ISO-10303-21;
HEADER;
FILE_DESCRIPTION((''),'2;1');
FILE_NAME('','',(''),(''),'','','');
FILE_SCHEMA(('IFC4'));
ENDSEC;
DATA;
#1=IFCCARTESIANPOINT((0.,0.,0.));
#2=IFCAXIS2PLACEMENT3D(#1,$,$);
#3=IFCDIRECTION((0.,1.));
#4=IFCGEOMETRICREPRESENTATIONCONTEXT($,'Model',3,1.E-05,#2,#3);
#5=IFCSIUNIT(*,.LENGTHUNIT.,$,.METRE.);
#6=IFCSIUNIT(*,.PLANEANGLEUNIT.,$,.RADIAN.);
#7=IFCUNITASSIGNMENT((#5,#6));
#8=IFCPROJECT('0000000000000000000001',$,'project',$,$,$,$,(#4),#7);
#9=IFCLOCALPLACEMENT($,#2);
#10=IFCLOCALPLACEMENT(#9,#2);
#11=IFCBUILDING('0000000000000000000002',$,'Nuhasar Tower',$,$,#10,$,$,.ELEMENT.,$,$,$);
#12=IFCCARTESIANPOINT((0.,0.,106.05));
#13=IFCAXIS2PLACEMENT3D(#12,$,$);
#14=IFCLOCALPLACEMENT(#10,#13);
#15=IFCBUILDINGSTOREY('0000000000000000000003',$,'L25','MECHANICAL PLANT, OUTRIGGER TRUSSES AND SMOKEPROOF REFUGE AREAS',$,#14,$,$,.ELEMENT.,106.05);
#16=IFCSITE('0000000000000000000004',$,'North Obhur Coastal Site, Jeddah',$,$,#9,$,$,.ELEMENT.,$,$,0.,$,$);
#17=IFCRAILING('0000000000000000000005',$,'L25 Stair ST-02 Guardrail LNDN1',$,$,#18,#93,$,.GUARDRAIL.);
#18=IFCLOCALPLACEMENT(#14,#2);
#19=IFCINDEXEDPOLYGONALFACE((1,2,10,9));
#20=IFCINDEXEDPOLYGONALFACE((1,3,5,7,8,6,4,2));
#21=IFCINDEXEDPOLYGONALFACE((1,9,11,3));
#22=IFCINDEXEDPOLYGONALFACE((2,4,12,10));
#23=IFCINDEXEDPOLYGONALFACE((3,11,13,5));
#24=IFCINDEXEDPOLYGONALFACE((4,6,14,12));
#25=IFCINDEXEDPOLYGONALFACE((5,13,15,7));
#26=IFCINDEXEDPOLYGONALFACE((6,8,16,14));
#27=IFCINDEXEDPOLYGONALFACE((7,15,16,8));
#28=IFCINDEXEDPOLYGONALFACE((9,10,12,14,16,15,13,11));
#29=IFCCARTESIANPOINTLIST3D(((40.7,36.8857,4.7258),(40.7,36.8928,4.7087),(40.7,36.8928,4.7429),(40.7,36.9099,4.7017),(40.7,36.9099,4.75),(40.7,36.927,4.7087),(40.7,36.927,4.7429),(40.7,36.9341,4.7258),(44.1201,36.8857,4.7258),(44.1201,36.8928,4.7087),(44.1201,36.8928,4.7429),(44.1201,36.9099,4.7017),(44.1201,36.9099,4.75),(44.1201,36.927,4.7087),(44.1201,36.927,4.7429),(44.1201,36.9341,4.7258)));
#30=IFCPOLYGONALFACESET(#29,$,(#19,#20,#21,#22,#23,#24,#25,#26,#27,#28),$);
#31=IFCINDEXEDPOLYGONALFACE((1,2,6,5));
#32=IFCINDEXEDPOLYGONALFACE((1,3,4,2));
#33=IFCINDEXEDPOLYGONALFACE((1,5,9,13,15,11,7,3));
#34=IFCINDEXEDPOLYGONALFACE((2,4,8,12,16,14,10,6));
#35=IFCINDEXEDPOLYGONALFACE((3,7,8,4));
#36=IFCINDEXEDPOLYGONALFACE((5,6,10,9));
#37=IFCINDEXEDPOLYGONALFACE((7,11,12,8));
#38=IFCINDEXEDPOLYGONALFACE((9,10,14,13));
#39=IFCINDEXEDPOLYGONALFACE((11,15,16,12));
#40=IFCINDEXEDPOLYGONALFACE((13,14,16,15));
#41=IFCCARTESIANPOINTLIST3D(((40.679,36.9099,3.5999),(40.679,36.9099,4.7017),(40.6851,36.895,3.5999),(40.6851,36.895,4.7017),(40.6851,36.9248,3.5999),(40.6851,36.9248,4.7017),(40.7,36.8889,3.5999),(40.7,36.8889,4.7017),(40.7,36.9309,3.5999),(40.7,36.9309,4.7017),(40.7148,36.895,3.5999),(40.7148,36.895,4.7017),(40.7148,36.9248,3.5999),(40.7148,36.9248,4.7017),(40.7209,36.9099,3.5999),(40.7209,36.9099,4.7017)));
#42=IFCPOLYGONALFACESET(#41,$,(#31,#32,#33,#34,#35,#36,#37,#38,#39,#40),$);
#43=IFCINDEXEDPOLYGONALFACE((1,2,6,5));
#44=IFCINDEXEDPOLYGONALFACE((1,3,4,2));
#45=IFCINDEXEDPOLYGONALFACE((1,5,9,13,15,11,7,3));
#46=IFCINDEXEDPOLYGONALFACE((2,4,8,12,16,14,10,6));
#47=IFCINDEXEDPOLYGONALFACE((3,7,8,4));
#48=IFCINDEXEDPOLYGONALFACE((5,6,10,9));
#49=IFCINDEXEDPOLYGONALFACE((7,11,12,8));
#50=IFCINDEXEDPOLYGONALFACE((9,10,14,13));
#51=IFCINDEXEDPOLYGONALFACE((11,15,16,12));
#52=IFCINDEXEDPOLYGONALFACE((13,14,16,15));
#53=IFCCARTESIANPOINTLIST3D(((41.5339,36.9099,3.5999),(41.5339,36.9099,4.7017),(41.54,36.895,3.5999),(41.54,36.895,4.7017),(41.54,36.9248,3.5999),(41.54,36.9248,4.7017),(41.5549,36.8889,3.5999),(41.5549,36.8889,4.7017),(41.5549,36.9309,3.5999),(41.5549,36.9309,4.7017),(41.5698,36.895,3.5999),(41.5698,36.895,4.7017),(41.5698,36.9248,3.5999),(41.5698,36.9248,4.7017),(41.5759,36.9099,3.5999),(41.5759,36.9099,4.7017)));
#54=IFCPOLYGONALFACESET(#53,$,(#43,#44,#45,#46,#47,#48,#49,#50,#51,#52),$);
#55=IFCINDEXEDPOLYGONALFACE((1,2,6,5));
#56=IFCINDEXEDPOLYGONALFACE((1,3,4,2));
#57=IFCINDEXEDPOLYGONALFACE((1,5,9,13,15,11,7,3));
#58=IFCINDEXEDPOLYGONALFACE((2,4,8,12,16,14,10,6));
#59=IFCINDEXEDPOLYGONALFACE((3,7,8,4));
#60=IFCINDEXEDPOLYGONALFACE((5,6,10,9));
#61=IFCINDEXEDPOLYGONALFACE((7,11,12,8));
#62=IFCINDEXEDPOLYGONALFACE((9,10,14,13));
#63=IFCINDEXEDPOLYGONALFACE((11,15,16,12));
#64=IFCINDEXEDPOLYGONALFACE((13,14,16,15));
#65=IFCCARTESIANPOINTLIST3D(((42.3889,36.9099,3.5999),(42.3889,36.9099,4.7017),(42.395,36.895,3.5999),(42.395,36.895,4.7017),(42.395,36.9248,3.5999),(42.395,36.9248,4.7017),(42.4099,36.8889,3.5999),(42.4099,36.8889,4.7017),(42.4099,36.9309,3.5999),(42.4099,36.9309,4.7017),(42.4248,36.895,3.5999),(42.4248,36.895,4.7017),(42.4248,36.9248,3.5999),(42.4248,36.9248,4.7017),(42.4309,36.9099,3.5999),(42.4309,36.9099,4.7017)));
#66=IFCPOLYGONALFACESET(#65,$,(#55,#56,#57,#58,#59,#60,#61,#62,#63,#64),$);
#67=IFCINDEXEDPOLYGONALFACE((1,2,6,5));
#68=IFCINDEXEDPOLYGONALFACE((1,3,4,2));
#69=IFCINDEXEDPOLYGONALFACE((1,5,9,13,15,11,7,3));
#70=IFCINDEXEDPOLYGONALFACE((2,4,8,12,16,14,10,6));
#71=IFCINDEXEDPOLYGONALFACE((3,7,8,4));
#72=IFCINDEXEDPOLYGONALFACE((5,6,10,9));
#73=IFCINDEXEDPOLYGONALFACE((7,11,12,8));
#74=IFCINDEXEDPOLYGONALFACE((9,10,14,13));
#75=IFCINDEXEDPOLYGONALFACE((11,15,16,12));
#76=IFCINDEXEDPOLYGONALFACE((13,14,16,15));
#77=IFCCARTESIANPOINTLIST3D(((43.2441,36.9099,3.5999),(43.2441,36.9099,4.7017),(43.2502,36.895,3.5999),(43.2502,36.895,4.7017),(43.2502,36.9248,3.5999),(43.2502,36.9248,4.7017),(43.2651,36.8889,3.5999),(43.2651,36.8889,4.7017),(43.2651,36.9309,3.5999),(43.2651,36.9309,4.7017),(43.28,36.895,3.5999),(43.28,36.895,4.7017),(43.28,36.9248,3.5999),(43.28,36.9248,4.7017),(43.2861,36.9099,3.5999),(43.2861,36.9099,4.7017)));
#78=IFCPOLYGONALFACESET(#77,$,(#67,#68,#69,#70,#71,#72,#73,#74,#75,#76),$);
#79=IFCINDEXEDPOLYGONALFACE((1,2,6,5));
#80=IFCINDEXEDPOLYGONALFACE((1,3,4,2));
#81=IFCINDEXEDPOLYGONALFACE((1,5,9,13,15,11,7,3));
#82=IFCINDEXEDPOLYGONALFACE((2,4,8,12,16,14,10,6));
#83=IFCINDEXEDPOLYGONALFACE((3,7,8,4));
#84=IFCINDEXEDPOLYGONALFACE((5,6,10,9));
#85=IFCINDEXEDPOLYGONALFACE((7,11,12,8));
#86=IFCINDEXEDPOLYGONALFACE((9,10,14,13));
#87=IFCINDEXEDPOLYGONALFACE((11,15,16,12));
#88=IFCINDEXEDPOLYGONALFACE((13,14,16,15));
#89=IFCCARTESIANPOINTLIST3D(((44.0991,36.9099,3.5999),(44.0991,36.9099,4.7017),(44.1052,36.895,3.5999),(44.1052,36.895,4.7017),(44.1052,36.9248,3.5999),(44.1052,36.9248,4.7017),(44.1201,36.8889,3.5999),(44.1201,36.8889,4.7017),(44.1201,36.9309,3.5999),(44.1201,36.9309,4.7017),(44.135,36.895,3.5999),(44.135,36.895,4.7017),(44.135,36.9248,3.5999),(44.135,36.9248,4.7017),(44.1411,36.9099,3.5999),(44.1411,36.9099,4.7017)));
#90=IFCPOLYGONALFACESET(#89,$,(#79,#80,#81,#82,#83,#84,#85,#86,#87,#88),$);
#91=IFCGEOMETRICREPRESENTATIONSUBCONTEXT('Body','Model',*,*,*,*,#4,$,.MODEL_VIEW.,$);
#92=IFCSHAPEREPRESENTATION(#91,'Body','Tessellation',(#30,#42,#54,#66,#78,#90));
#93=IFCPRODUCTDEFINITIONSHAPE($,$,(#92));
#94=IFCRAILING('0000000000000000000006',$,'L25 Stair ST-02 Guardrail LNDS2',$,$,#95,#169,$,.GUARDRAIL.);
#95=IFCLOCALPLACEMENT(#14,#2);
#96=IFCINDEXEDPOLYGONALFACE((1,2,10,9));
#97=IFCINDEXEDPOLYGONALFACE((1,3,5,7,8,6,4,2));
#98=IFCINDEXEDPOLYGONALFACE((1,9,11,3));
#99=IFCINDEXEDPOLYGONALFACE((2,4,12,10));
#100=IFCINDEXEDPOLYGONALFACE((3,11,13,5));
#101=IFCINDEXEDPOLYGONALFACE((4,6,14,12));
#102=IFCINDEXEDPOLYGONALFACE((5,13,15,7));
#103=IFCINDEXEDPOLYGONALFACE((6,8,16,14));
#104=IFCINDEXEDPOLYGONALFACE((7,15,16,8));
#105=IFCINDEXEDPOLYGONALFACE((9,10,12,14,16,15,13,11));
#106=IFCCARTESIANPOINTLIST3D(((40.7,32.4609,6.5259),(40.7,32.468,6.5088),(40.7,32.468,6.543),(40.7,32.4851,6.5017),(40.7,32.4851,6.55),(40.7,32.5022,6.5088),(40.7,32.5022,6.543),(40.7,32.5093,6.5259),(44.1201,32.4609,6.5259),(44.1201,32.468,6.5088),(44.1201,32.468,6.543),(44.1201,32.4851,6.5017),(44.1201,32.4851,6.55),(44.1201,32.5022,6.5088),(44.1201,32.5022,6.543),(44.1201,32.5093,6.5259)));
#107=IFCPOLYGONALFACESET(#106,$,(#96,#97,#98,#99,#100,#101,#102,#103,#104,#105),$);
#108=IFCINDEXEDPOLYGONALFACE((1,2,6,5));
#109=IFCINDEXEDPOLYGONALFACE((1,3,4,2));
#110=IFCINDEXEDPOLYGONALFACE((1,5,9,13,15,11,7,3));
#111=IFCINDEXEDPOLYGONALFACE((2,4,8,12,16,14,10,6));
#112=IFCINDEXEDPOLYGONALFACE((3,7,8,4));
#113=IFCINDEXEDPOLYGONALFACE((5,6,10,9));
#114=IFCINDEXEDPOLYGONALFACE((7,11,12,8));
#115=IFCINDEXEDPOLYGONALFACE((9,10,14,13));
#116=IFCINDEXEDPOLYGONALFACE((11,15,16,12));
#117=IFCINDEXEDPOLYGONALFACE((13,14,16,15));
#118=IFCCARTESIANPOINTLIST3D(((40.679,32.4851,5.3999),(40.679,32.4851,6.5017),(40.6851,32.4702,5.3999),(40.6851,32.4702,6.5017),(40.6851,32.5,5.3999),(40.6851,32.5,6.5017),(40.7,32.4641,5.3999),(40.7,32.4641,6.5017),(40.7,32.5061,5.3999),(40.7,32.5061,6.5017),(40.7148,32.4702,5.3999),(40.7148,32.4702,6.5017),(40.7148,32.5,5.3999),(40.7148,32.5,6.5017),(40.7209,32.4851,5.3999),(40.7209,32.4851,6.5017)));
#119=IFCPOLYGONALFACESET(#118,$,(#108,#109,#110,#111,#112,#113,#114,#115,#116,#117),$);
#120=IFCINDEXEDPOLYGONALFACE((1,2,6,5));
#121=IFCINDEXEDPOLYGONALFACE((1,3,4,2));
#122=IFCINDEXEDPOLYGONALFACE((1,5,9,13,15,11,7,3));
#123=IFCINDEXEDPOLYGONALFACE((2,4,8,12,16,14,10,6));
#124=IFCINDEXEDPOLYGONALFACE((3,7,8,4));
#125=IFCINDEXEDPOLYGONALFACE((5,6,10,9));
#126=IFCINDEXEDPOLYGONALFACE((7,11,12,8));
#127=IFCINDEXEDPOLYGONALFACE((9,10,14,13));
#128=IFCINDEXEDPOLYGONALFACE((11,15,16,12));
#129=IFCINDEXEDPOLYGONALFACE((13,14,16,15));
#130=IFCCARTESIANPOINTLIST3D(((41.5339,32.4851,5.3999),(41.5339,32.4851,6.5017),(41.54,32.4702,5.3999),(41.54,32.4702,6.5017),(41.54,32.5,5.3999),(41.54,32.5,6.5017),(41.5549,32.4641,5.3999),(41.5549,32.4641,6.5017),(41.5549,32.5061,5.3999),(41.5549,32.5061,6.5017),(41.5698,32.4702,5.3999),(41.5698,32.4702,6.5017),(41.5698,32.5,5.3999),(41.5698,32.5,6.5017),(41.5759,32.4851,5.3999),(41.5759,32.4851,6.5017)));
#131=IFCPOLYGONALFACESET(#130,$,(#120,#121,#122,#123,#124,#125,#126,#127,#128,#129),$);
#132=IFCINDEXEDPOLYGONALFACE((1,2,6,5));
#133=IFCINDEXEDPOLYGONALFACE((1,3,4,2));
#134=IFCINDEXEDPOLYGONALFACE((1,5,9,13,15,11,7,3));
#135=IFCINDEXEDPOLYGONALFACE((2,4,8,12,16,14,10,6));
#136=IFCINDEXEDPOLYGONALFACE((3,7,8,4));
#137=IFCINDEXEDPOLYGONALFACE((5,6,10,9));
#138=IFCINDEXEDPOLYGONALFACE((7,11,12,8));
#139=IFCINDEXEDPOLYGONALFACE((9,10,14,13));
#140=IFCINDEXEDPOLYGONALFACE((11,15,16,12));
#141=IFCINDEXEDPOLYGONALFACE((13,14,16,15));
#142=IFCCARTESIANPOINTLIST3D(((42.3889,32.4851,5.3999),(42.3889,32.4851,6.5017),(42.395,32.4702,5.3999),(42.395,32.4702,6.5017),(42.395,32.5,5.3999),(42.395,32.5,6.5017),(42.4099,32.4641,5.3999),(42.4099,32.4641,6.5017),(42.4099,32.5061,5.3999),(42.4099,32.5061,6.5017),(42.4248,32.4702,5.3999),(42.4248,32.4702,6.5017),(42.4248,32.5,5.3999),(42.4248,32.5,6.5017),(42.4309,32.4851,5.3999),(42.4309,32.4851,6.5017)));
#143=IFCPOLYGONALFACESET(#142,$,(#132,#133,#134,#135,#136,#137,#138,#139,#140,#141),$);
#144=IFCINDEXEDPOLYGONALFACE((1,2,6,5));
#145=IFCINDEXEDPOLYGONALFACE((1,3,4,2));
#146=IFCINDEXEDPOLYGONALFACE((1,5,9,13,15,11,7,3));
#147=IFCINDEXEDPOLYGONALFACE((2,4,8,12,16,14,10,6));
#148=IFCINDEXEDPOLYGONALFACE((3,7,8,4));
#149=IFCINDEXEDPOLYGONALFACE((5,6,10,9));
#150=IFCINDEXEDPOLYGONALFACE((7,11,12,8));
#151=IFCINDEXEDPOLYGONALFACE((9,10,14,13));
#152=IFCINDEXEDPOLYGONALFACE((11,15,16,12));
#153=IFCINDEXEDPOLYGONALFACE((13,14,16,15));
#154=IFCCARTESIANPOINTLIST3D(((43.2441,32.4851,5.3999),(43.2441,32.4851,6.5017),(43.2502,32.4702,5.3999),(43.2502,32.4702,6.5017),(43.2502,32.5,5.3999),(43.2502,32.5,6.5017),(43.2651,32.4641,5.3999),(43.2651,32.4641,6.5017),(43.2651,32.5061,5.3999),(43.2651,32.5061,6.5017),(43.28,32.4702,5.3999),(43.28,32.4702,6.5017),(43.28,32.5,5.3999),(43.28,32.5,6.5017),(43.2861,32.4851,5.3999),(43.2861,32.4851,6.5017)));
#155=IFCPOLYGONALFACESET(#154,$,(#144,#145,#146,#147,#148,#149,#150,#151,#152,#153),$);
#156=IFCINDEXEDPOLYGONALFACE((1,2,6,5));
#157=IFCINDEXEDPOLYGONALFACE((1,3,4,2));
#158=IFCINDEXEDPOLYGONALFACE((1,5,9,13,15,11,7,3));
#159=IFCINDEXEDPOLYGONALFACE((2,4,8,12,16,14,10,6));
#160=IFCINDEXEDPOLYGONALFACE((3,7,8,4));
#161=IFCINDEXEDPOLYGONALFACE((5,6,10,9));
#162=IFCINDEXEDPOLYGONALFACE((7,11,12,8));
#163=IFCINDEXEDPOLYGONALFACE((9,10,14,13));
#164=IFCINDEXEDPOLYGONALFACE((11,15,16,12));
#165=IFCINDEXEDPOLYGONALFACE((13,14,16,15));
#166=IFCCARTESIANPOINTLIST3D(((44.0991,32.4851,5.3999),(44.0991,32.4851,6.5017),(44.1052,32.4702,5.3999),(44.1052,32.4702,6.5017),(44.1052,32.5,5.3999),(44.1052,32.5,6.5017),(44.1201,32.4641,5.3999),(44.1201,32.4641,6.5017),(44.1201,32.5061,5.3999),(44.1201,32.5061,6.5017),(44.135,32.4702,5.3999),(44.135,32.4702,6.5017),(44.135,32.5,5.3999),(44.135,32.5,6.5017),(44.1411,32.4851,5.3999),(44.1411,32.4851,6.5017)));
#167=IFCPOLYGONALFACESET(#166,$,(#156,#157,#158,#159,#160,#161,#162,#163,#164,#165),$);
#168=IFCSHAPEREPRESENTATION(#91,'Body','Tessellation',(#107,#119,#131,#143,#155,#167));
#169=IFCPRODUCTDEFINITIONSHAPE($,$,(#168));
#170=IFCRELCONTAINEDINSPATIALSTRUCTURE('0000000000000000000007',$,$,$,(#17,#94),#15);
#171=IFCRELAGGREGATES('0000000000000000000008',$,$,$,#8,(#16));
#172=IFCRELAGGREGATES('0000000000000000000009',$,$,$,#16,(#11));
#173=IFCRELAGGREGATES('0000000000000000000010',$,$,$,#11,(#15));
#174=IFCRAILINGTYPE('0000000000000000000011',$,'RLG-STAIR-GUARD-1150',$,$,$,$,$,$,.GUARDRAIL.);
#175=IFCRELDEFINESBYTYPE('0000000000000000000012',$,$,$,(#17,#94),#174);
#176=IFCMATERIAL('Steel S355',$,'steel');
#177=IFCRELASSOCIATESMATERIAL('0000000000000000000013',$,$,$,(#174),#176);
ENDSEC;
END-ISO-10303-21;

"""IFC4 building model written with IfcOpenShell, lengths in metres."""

from ifc_helpers import new_model, si_unit, direction, frame, origin, place, context, subcontext, project, spatial, polyline, outline, extrude, material, type_object, element, save


model = new_model("IFC4")

# Units and contexts
model_context = context("Model", 3, precision=1e-05, world=origin(), true_north=direction((0.0, 1.0)))
body_context = subcontext(model_context, "Body", "Model", "MODEL_VIEW")
ifc_project = project(units=[si_unit("LENGTHUNIT", "METRE"), si_unit("PLANEANGLEUNIT", "RADIAN")], contexts=[model_context])

# Site, building, storey
site_placement = place(None, origin())
site = spatial("IfcSite", under=ifc_project, at=site_placement, Name="North Obhur Coastal Site, Jeddah", CompositionType="ELEMENT", RefElevation=0.0)
building_placement = place(site_placement, origin())
building = spatial("IfcBuilding", under=site, at=building_placement, Name="Nuhasar Tower", CompositionType="ELEMENT")
storey_placement = place(building_placement, frame((0.0, 0.0, 106.05)))
storey = spatial("IfcBuildingStorey", under=building, at=storey_placement, Name="L25", Description="MECHANICAL PLANT, OUTRIGGER TRUSSES AND SMOKEPROOF REFUGE AREAS", CompositionType="ELEMENT", Elevation=106.05)

# Shared definitions
ifc_material_1 = material(Name="Steel S355", Category="steel")

# Railings
railing_type_1 = type_object("IfcRailingType", Name="RLG-STAIR-GUARD-1150", PredefinedType="GUARDRAIL", material=ifc_material_1)
railing_1_placement = place(storey_placement, frame((40.7, 36.9099, 3.5999)))
element("IfcRailing", 1, at=railing_1_placement, inside=storey, type_object=railing_type_1, Name="L25 Stair ST-02 Guardrail LNDN1", PredefinedType="GUARDRAIL", context=body_context, shape_type="SweptSolid", body=[
    extrude(outline(polyline([(0.0242, 0.0), (0.0171, 0.0171), (0.0, 0.0242), (-0.0171, 0.0171), (-0.0242, 0.0), (-0.0171, -0.0171), (0.0, -0.0242), (0.0171, -0.0171), (0.0242, 0.0)])), frame((0.0, 0.0, 1.126), z_axis=(1.0, 0.0, 0.0), x_axis=(0.0, 1.0, 0.0)), (0.0, 0.0, 1.0), 3.4202),
    extrude(outline(polyline([(0.021, 0.0), (0.0149, 0.0149), (0.0, 0.021), (-0.0149, 0.0149), (-0.021, 0.0), (-0.0149, -0.0149), (0.0, -0.021), (0.0149, -0.0149), (0.021, 0.0)])), origin(), (0.0, 0.0, 1.0), 1.1018),
    extrude(outline(polyline([(0.021, 0.0), (0.0149, 0.0149), (0.0, 0.021), (-0.0149, 0.0149), (-0.021, 0.0), (-0.0149, -0.0149), (0.0, -0.021), (0.0149, -0.0149), (0.021, 0.0)])), frame((0.855, 0.0, 0.0)), (0.0, 0.0, 1.0), 1.1018),
    extrude(outline(polyline([(0.021, 0.0), (0.0149, 0.0149), (0.0, 0.021), (-0.0149, 0.0149), (-0.021, 0.0), (-0.0149, -0.0149), (0.0, -0.021), (0.0149, -0.0149), (0.021, 0.0)])), frame((1.71, 0.0, 0.0)), (0.0, 0.0, 1.0), 1.1018),
    extrude(outline(polyline([(0.021, 0.0), (0.0149, 0.0149), (0.0, 0.021), (-0.0149, 0.0149), (-0.021, 0.0), (-0.0149, -0.0149), (0.0, -0.021), (0.0149, -0.0149), (0.021, 0.0)])), frame((2.5652, 0.0, 0.0)), (0.0, 0.0, 1.0), 1.1018),
    extrude(outline(polyline([(0.021, 0.0), (0.0149, 0.0149), (0.0, 0.021), (-0.0149, 0.0149), (-0.021, 0.0), (-0.0149, -0.0149), (0.0, -0.021), (0.0149, -0.0149), (0.021, 0.0)])), frame((3.4202, 0.0, 0.0)), (0.0, 0.0, 1.0), 1.1018),
])
railing_2_placement = place(storey_placement, frame((40.7, 32.4851, 5.3999)))
element("IfcRailing", 2, at=railing_2_placement, inside=storey, type_object=railing_type_1, Name="L25 Stair ST-02 Guardrail LNDS2", PredefinedType="GUARDRAIL", context=body_context, shape_type="SweptSolid", body=[
    extrude(outline(polyline([(0.0242, 0.0), (0.0171, 0.0171), (0.0, 0.0242), (-0.0171, 0.0171), (-0.0242, 0.0), (-0.0171, -0.0171), (0.0, -0.0242), (0.0171, -0.0171), (0.0242, 0.0)])), frame((0.0, 0.0, 1.126), z_axis=(1.0, 0.0, 0.0), x_axis=(0.0, 1.0, 0.0)), (0.0, 0.0, 1.0), 3.4202),
    extrude(outline(polyline([(0.021, 0.0), (0.0149, 0.0149), (0.0, 0.021), (-0.0149, 0.0149), (-0.021, 0.0), (-0.0149, -0.0149), (0.0, -0.021), (0.0149, -0.0149), (0.021, 0.0)])), origin(), (0.0, 0.0, 1.0), 1.1018),
    extrude(outline(polyline([(0.021, 0.0), (0.0149, 0.0149), (0.0, 0.021), (-0.0149, 0.0149), (-0.021, 0.0), (-0.0149, -0.0149), (0.0, -0.021), (0.0149, -0.0149), (0.021, 0.0)])), frame((0.855, 0.0, 0.0)), (0.0, 0.0, 1.0), 1.1018),
    extrude(outline(polyline([(0.021, 0.0), (0.0149, 0.0149), (0.0, 0.021), (-0.0149, 0.0149), (-0.021, 0.0), (-0.0149, -0.0149), (0.0, -0.021), (0.0149, -0.0149), (0.021, 0.0)])), frame((1.71, 0.0, 0.0)), (0.0, 0.0, 1.0), 1.1018),
    extrude(outline(polyline([(0.021, 0.0), (0.0149, 0.0149), (0.0, 0.021), (-0.0149, 0.0149), (-0.021, 0.0), (-0.0149, -0.0149), (0.0, -0.021), (0.0149, -0.0149), (0.021, 0.0)])), frame((2.5652, 0.0, 0.0)), (0.0, 0.0, 1.0), 1.1018),
    extrude(outline(polyline([(0.021, 0.0), (0.0149, 0.0149), (0.0, 0.021), (-0.0149, 0.0149), (-0.021, 0.0), (-0.0149, -0.0149), (0.0, -0.021), (0.0149, -0.0149), (0.021, 0.0)])), frame((3.4202, 0.0, 0.0)), (0.0, 0.0, 1.0), 1.1018),
])

save(model, "model.ifc")
